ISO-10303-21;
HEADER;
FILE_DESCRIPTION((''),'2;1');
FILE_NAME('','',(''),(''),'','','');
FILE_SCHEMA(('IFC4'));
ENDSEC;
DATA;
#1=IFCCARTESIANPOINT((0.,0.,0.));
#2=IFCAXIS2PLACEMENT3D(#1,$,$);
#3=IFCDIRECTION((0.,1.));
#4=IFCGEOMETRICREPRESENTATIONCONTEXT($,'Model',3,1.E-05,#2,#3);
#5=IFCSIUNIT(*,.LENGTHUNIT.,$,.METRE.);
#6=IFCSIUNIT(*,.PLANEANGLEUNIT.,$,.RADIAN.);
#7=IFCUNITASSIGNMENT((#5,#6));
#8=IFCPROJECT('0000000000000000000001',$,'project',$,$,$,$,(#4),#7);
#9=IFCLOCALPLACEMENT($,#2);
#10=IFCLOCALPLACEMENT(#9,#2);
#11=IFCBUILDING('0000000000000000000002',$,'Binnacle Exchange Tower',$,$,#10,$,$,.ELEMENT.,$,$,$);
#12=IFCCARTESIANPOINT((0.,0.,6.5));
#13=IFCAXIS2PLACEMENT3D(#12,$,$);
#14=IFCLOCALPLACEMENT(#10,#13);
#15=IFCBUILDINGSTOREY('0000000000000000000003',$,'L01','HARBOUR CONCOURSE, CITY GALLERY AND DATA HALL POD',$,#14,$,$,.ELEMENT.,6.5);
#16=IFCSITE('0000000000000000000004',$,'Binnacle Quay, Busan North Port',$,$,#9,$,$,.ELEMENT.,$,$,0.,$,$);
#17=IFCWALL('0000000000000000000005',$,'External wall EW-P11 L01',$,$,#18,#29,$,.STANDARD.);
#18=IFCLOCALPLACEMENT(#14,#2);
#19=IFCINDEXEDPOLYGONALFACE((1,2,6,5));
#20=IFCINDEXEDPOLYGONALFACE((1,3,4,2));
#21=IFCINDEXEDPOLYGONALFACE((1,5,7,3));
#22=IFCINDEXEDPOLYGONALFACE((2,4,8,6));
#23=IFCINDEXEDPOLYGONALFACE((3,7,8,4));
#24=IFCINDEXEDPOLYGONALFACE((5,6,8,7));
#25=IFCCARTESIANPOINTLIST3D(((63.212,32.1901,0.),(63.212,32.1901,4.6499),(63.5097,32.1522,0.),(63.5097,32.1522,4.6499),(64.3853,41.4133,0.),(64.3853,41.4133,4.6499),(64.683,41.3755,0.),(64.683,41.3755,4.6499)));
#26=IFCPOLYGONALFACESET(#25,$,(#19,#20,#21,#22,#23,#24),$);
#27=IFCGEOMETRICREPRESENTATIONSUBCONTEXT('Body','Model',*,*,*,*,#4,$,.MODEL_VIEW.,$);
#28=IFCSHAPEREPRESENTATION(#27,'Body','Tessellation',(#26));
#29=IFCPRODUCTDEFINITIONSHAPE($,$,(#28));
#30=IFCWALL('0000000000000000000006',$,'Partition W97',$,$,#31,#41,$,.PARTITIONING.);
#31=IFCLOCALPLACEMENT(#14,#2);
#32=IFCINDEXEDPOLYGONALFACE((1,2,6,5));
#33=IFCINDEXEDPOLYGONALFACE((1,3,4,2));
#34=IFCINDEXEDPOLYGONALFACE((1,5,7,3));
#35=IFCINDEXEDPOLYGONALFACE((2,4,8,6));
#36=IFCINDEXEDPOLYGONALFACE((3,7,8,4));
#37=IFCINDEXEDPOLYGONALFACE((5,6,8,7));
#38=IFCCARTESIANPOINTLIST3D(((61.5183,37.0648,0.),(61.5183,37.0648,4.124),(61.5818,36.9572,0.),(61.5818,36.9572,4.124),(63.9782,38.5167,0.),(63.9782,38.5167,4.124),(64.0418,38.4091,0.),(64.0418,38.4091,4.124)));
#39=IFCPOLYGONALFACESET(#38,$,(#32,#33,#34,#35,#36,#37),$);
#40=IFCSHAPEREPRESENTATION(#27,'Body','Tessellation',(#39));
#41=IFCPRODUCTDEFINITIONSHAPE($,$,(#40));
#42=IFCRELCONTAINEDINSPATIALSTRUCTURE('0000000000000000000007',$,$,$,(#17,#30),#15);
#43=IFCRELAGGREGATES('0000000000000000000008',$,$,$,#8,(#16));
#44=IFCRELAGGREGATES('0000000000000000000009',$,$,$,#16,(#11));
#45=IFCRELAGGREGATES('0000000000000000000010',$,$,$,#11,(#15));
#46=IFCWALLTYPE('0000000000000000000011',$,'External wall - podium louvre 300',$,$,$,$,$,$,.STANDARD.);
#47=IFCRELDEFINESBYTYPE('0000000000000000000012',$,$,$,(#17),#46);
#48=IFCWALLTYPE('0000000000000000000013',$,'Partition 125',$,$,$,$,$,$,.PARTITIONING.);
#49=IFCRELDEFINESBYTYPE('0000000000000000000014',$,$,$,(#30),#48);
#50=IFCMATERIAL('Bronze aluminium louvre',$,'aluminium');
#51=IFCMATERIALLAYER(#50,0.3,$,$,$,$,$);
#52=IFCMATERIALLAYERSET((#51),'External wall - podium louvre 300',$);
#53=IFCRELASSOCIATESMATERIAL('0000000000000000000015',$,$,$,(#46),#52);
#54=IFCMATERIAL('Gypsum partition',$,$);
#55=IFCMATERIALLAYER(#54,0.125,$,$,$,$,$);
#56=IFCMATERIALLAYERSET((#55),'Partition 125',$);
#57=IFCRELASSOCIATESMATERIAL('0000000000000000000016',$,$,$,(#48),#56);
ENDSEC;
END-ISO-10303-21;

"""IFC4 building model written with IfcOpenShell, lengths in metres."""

from ifc_helpers import new_model, si_unit, direction, frame, frame_2d, origin, place, context, subcontext, project, spatial, rectangle, extrude, material, layer, layer_set, type_object, element, save


model = new_model("IFC4")

# Units and contexts
model_context = context("Model", 3, precision=1e-05, world=origin(), true_north=direction((0.0, 1.0)))
body_context = subcontext(model_context, "Body", "Model", "MODEL_VIEW")
ifc_project = project(units=[si_unit("LENGTHUNIT", "METRE"), si_unit("PLANEANGLEUNIT", "RADIAN")], contexts=[model_context])

# Site, building, storey
site_placement = place(None, origin())
site = spatial("IfcSite", under=ifc_project, at=site_placement, Name="Binnacle Quay, Busan North Port", CompositionType="ELEMENT", RefElevation=0.0)
building_placement = place(site_placement, origin())
building = spatial("IfcBuilding", under=site, at=building_placement, Name="Binnacle Exchange Tower", CompositionType="ELEMENT")
storey_placement = place(building_placement, frame((0.0, 0.0, 6.5)))
storey = spatial("IfcBuildingStorey", under=building, at=storey_placement, Name="L01", Description="HARBOUR CONCOURSE, CITY GALLERY AND DATA HALL POD", CompositionType="ELEMENT", Elevation=6.5)

# Walls
ifc_material_1 = material(Name="Bronze aluminium louvre", Category="aluminium")
ifc_layer_1 = layer(ifc_material_1, 0.3)
ifc_layer_set_1 = layer_set([ifc_layer_1], Name="External wall - podium louvre 300")
wall_type_1 = type_object("IfcWallType", Name="External wall - podium louvre 300", PredefinedType="STANDARD", material=ifc_layer_set_1)
wall_1_placement = place(storey_placement, frame((64.5342, 41.3945, 0.0), z_axis=(0.0, 0.0, 1.0), x_axis=(-0.126196, -0.992005, 0.0)))
element("IfcWall", 1, at=wall_1_placement, inside=storey, type_object=wall_type_1, Name="External wall EW-P11 L01", PredefinedType="STANDARD", context=body_context, shape_type="SweptSolid", body=[
    extrude(rectangle(XDim=9.2976, YDim=0.3, at=frame_2d((4.6489, 0.0))), origin(), (0.0, 0.0, 1.0), 4.6499),
])
ifc_material_2 = material(Name="Gypsum partition")
ifc_layer_2 = layer(ifc_material_2, 0.125)
ifc_layer_set_2 = layer_set([ifc_layer_2], Name="Partition 125")
wall_type_2 = type_object("IfcWallType", Name="Partition 125", PredefinedType="PARTITIONING", material=ifc_layer_set_2)
wall_2_placement = place(storey_placement, frame((61.55, 37.011, 0.0), z_axis=(0.0, 0.0, 1.0), x_axis=(0.861188, 0.508286, 0.0)))
element("IfcWall", 2, at=wall_2_placement, inside=storey, type_object=wall_type_2, Name="Partition W97", PredefinedType="PARTITIONING", context=body_context, shape_type="SweptSolid", body=[
    extrude(rectangle(XDim=2.8564, YDim=0.125, at=frame_2d((1.4282, 0.0))), origin(), (0.0, 0.0, 1.0), 4.124),
])

save(model, "model.ifc")
